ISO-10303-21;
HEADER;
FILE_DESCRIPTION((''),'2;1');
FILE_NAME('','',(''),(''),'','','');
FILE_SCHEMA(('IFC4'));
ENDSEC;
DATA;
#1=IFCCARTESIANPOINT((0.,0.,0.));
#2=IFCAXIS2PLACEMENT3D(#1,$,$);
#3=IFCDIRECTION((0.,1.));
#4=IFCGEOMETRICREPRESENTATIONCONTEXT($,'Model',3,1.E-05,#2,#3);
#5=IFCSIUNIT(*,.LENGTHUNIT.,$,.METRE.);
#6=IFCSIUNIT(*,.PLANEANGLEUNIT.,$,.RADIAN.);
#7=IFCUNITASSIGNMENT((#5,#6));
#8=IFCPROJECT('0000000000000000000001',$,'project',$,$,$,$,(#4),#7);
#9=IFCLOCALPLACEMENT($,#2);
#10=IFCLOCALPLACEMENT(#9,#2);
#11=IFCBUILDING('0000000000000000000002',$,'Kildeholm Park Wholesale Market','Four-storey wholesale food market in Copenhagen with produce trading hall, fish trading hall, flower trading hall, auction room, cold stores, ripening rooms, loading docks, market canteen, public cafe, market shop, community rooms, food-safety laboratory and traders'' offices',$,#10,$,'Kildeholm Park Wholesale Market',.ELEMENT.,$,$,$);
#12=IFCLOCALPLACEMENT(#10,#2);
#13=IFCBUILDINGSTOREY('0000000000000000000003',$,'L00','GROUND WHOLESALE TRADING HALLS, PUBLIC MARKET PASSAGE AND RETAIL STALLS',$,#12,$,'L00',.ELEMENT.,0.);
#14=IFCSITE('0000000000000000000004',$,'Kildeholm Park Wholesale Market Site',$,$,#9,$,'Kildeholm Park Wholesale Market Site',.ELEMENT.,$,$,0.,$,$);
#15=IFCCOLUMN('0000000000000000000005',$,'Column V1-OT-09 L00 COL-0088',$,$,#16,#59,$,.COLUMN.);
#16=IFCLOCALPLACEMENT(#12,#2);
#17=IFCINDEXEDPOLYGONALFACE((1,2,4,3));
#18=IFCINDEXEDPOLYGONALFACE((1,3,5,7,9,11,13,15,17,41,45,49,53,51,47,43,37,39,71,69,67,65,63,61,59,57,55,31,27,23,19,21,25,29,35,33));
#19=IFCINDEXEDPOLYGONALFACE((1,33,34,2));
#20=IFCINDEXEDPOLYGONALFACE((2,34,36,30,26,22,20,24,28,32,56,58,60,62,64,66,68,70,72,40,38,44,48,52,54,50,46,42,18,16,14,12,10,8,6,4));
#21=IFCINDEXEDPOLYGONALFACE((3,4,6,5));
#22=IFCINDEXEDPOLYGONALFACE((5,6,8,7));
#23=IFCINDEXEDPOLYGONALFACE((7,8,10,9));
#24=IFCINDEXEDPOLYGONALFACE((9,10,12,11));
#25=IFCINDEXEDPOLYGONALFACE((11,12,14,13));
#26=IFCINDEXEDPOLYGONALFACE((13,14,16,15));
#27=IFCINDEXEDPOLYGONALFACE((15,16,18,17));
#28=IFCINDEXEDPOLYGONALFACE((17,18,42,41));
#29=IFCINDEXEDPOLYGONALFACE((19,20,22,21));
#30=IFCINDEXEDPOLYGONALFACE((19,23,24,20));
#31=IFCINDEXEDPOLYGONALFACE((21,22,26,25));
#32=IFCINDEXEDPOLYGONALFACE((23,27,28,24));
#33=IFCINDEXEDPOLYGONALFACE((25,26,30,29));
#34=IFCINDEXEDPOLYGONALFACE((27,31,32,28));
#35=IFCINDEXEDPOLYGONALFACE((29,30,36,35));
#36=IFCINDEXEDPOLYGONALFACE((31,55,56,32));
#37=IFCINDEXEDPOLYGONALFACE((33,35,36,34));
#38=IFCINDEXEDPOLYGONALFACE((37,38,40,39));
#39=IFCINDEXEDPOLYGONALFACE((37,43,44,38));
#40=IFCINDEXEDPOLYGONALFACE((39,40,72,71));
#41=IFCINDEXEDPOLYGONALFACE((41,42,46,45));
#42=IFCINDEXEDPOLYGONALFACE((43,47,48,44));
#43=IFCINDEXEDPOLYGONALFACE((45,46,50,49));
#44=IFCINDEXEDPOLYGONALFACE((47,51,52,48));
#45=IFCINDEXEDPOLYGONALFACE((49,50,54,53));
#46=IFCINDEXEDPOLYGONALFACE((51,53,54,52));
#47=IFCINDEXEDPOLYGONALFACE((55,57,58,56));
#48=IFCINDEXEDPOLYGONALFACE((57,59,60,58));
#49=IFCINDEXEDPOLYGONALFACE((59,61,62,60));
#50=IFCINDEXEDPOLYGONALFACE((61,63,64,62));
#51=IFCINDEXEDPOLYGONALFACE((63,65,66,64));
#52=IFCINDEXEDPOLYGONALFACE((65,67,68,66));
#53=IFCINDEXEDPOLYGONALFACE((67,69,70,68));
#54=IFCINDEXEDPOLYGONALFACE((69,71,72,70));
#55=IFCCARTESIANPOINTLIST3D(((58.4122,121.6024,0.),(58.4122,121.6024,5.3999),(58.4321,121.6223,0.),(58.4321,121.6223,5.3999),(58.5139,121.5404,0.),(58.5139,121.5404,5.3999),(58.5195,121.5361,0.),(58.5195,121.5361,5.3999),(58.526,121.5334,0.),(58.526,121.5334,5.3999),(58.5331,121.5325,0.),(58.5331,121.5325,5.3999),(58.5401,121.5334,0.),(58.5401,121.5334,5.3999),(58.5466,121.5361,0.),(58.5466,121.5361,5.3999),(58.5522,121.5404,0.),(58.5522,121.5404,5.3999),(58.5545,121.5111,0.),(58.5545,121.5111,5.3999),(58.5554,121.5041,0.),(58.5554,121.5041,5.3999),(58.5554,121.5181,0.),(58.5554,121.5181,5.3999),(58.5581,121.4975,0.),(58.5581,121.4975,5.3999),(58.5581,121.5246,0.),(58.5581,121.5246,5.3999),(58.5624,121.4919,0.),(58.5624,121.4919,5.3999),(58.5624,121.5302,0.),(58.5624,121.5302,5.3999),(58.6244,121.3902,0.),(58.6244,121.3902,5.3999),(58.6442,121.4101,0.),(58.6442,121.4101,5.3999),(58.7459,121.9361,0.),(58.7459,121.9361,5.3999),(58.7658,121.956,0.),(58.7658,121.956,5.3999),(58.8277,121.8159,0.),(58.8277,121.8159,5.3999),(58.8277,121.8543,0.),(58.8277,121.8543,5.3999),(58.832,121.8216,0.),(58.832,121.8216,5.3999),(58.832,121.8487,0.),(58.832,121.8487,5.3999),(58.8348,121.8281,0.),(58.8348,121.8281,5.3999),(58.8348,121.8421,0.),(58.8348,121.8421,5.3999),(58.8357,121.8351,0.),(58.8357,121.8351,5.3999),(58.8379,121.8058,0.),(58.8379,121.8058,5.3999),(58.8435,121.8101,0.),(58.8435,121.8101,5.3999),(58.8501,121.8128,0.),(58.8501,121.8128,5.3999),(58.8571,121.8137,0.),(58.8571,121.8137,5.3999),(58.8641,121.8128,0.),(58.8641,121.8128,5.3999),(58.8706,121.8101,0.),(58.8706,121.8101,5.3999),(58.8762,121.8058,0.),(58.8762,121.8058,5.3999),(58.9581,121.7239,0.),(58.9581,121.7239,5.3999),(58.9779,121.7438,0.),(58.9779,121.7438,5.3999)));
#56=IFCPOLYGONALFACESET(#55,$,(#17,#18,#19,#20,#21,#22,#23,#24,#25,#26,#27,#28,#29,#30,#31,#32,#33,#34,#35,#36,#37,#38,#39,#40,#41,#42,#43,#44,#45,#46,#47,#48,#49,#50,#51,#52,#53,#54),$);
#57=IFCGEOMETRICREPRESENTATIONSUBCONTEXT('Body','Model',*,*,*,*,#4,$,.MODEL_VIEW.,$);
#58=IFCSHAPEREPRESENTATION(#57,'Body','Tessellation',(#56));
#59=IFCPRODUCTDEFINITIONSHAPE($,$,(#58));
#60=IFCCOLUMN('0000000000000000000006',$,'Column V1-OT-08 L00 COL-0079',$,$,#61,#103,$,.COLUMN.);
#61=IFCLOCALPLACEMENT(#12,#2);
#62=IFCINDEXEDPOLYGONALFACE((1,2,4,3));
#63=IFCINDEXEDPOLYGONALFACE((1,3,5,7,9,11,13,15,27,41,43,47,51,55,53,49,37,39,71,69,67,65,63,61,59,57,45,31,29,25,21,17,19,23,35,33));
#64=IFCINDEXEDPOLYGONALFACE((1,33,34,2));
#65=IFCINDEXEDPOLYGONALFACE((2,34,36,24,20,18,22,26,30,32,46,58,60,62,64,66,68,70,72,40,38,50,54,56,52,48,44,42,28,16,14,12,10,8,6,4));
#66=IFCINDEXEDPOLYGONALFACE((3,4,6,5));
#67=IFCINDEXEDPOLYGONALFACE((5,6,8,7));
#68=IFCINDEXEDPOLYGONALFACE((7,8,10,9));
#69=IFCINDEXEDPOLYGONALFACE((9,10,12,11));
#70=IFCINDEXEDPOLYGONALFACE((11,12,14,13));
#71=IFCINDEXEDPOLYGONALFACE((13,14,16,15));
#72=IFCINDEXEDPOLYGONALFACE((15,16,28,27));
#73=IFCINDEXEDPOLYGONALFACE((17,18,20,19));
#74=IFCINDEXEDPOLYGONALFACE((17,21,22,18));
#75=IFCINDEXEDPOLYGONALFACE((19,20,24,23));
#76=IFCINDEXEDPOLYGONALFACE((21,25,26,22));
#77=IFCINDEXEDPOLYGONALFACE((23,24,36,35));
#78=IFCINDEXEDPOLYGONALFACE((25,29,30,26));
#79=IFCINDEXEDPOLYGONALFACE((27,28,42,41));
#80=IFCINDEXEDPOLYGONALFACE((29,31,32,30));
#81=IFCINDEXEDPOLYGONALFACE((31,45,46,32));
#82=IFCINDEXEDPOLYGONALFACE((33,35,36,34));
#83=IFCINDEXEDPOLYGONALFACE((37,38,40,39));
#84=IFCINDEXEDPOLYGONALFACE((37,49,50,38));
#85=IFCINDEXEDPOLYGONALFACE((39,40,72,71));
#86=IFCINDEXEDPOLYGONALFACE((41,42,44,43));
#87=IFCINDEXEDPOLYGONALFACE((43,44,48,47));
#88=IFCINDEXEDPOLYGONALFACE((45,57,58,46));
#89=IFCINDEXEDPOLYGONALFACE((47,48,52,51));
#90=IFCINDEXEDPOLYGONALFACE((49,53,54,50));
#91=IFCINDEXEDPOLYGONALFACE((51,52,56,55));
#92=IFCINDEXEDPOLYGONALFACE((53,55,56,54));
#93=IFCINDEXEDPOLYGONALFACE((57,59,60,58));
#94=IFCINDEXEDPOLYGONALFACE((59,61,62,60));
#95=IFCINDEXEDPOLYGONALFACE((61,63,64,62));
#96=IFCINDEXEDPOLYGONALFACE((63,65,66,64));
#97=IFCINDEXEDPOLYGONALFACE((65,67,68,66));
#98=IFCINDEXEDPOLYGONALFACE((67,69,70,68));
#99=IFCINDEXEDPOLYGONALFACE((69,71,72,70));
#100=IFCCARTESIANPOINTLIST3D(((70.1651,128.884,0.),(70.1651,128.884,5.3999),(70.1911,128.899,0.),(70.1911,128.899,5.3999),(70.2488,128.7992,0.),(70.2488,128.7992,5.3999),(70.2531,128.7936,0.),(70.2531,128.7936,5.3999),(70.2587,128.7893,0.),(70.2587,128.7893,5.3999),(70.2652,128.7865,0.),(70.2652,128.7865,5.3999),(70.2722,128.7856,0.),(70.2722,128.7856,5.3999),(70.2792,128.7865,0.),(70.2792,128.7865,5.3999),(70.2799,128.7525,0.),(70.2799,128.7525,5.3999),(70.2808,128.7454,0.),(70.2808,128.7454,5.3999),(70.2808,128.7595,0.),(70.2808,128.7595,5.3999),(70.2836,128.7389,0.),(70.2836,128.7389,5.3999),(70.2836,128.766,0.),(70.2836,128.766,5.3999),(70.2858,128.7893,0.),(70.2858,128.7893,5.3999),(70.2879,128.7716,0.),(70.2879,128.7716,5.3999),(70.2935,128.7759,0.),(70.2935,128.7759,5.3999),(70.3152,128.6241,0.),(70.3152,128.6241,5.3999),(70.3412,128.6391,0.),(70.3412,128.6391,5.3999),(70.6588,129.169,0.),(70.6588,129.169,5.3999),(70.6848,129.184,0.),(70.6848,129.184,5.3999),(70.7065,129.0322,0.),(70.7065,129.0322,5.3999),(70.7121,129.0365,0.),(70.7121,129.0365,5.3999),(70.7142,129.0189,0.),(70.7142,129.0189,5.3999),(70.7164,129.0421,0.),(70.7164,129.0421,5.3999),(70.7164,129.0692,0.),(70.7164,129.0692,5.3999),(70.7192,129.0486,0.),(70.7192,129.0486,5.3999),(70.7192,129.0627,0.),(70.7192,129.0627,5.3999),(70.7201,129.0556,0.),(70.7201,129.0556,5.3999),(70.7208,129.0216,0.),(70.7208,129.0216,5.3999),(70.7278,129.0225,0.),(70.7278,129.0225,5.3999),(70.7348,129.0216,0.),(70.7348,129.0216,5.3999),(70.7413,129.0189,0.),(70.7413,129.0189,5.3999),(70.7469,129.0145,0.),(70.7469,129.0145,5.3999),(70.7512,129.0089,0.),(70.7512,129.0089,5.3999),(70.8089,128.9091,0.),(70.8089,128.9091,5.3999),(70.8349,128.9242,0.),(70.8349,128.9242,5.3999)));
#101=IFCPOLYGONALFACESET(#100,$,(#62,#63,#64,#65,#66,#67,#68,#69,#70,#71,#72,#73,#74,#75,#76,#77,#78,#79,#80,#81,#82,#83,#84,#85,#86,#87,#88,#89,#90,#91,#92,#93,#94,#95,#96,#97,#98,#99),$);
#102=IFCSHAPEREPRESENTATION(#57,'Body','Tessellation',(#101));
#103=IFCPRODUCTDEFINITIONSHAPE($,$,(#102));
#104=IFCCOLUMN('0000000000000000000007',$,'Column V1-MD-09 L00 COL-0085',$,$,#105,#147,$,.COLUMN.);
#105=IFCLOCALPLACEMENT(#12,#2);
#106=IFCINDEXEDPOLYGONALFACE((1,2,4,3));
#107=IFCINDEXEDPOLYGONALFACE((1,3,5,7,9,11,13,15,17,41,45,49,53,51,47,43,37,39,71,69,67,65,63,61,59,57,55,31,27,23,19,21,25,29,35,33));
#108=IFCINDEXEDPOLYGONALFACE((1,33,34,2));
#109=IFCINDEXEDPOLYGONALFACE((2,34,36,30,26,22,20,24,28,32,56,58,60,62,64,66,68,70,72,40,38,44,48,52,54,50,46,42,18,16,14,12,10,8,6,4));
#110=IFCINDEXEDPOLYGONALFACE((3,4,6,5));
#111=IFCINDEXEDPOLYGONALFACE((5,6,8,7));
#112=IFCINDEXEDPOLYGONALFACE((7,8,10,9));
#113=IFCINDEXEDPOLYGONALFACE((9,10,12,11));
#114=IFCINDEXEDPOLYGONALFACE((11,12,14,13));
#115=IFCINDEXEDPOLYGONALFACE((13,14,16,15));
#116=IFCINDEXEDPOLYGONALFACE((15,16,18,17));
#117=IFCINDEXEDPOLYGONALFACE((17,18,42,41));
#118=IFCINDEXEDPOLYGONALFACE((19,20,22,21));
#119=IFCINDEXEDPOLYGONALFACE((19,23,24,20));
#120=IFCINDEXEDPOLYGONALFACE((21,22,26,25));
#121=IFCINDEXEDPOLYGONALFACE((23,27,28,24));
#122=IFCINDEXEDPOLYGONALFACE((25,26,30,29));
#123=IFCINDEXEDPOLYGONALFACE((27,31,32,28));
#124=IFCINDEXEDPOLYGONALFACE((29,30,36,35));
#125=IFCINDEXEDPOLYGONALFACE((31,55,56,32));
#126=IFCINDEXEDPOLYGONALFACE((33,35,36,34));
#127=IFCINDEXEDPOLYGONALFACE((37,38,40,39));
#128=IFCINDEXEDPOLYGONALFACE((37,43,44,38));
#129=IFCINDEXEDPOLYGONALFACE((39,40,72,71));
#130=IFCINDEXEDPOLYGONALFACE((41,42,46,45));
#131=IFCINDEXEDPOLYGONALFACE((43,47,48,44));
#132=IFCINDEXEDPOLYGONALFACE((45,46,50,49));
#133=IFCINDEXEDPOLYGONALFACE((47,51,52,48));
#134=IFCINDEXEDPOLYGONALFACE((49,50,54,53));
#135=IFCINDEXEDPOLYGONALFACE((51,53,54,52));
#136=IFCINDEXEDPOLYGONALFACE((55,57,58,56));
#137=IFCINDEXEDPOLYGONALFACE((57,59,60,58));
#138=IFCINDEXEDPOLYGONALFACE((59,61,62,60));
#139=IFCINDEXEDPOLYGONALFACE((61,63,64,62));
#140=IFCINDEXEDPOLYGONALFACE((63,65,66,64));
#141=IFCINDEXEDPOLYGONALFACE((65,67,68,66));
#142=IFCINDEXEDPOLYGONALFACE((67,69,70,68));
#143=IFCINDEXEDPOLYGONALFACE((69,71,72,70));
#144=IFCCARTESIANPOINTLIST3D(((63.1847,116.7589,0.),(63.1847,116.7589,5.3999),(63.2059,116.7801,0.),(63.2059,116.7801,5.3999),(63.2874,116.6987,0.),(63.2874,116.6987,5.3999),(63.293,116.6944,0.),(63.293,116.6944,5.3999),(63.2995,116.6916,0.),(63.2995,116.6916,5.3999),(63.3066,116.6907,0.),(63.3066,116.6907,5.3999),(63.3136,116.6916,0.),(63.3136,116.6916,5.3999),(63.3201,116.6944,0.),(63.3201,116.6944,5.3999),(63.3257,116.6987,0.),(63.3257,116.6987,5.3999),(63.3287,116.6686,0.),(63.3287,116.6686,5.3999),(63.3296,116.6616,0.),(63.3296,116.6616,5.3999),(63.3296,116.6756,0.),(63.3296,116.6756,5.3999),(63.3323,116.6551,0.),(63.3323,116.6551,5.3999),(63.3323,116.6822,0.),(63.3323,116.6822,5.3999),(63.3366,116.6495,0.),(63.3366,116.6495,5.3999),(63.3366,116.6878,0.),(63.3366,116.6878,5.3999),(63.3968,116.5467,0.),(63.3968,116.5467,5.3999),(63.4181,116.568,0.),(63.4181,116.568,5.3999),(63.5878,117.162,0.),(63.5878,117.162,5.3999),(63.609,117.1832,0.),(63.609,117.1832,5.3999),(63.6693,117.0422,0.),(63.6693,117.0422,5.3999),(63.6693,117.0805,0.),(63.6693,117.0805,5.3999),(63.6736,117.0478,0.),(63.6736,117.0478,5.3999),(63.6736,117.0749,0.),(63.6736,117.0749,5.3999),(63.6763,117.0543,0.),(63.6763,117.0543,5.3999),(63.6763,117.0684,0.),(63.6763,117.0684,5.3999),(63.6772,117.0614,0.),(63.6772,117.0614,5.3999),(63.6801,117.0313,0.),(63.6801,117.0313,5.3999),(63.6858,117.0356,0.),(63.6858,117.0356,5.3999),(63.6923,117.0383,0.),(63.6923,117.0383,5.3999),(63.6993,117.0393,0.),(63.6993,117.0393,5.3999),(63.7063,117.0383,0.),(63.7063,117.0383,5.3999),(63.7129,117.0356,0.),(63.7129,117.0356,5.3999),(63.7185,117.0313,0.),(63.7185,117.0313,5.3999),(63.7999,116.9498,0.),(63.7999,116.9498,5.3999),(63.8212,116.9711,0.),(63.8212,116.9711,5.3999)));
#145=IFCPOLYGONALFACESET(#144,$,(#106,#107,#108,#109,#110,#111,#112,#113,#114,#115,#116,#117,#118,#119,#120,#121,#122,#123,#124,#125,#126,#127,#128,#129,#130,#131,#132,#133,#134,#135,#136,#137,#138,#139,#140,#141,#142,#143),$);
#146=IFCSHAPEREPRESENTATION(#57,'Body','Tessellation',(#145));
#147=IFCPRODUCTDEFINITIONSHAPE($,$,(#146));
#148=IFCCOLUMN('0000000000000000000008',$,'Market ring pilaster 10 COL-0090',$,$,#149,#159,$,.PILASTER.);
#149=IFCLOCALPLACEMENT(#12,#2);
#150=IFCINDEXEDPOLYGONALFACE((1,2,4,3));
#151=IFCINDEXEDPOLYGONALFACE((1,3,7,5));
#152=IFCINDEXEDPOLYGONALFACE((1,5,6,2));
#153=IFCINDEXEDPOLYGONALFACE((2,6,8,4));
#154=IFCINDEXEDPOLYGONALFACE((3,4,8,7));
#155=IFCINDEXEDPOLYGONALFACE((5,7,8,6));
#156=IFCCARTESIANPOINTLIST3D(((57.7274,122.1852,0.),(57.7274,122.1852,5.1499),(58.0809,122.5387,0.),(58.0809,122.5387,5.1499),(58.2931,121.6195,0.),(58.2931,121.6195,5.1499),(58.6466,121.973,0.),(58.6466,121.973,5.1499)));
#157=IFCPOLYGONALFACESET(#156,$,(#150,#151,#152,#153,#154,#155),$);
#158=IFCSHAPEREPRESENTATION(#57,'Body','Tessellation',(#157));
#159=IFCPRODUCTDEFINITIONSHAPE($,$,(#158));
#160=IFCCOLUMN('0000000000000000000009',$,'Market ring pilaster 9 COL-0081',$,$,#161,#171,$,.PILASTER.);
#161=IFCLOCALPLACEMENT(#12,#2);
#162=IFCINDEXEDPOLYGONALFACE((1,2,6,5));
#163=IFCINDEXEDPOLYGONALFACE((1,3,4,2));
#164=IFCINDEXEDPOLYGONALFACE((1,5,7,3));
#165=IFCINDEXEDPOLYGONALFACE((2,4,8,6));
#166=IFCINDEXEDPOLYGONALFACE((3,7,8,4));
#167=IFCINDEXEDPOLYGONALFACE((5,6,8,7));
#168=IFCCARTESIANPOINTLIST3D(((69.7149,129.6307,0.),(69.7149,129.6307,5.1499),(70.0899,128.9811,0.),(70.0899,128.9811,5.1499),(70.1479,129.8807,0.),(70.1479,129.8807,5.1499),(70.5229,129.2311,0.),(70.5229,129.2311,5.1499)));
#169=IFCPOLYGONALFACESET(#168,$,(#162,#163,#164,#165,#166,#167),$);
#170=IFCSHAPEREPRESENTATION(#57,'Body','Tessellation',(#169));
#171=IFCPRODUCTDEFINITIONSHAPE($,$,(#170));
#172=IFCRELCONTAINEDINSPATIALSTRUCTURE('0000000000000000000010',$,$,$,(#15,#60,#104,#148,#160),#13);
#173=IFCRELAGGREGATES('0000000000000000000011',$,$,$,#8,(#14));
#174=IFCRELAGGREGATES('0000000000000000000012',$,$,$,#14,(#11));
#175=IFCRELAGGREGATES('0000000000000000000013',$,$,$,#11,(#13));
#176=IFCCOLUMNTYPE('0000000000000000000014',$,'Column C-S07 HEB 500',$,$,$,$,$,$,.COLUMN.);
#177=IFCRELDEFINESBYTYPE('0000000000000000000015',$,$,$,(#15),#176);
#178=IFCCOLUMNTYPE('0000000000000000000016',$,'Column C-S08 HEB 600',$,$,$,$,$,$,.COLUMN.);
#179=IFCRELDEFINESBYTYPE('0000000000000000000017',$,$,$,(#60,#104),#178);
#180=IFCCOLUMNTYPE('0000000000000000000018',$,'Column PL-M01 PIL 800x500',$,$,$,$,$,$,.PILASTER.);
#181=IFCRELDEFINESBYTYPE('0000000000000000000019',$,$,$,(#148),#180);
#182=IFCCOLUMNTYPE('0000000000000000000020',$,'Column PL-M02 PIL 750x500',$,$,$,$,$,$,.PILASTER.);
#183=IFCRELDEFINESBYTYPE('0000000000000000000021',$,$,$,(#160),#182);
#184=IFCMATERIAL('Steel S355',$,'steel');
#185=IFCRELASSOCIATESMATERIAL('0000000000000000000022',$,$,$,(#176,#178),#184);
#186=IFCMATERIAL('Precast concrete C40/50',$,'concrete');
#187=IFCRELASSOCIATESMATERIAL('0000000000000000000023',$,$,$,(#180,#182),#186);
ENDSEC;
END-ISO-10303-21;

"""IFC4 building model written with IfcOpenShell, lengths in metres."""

from ifc_helpers import new_model, si_unit, direction, frame, origin, origin_2d, place, context, subcontext, project, spatial, rectangle, i_section, extrude, material, material_profile, profile_set, type_object, element, save


model = new_model("IFC4")

# Units and contexts
model_context = context("Model", 3, precision=1e-05, world=origin(), true_north=direction((0.0, 1.0)))
body_context = subcontext(model_context, "Body", "Model", "MODEL_VIEW")
ifc_project = project(units=[si_unit("LENGTHUNIT", "METRE"), si_unit("PLANEANGLEUNIT", "RADIAN")], contexts=[model_context])

# Site, building, storey
site_placement = place(None, origin())
site = spatial("IfcSite", under=ifc_project, at=site_placement, Name="Kildeholm Park Wholesale Market Site", LongName="Kildeholm Park Wholesale Market Site", CompositionType="ELEMENT", RefElevation=0.0)
building_placement = place(site_placement, origin())
building = spatial("IfcBuilding", under=site, at=building_placement, Name="Kildeholm Park Wholesale Market", Description="Four-storey wholesale food market in Copenhagen with produce trading hall, fish trading hall, flower trading hall, auction room, cold stores, ripening rooms, loading docks, market canteen, public cafe, market shop, community rooms, food-safety laboratory and traders' offices", LongName="Kildeholm Park Wholesale Market", CompositionType="ELEMENT")
storey_placement = place(building_placement, origin())
storey = spatial("IfcBuildingStorey", under=building, at=storey_placement, Name="L00", Description="GROUND WHOLESALE TRADING HALLS, PUBLIC MARKET PASSAGE AND RETAIL STALLS", LongName="L00", CompositionType="ELEMENT", Elevation=0.0)

# Columns
ifc_material_1 = material(Name="Steel S355", Category="steel")
ifc_material_profile_1 = material_profile(ifc_material_1, i_section(OverallWidth=0.3, OverallDepth=0.5, WebThickness=0.0144, FlangeThickness=0.0281, FilletRadius=0.0271, at=origin_2d()), Name="HEB 500")
ifc_profile_set_1 = profile_set([ifc_material_profile_1], Name="Steel S355")
column_type_1 = type_object("IfcColumnType", Name="Column C-S07 HEB 500", PredefinedType="COLUMN", material=ifc_profile_set_1)
column_1_placement = place(storey_placement, frame((58.6951, 121.6731, 0.0), z_axis=(0.0, 0.0, 1.0), x_axis=(-0.707107, 0.707107, 0.0)))
element("IfcColumn", 1, at=column_1_placement, inside=storey, type_object=column_type_1, Name="Column V1-OT-09 L00 COL-0088", PredefinedType="COLUMN", context=body_context, shape_type="SweptSolid", body=[
    extrude(i_section(OverallWidth=0.3, OverallDepth=0.5, WebThickness=0.0144, FlangeThickness=0.0281, FilletRadius=0.0271, at=origin_2d()), origin(), (0.0, 0.0, 1.0), 5.3999),
])
ifc_material_profile_2 = material_profile(ifc_material_1, i_section(OverallWidth=0.3, OverallDepth=0.6001, WebThickness=0.0154, FlangeThickness=0.03, FilletRadius=0.0271, at=origin_2d()), Name="HEB 600")
ifc_profile_set_2 = profile_set([ifc_material_profile_2], Name="Steel S355")
column_type_2 = type_object("IfcColumnType", Name="Column C-S08 HEB 600", PredefinedType="COLUMN", material=ifc_profile_set_2)
for number, where, z_axis, x_axis, name in (
    (2, (70.5, 128.9041, 0.0), (0.0, 0.0, 1.0), (-0.5, 0.866025, 0.0), "Column V1-OT-08 L00 COL-0079"),
    (3, (63.5029, 116.865, 0.0), (0.0, 0.0, 1.0), (-0.707107, 0.707107, 0.0), "Column V1-MD-09 L00 COL-0085"),
):
    element("IfcColumn", number, at=place(storey_placement, frame(where, z_axis=z_axis, x_axis=x_axis)), inside=storey, type_object=column_type_2, Name=name, PredefinedType="COLUMN", context=body_context, shape_type="SweptSolid", body=[
        extrude(i_section(OverallWidth=0.3, OverallDepth=0.6001, WebThickness=0.0154, FlangeThickness=0.03, FilletRadius=0.0271, at=origin_2d()), origin(), (0.0, 0.0, 1.0), 5.3999),
    ])
ifc_material_2 = material(Name="Precast concrete C40/50", Category="concrete")
ifc_material_profile_3 = material_profile(ifc_material_2, rectangle(XDim=0.8, YDim=0.5, at=origin_2d()), Name="PIL 800x500")
ifc_profile_set_3 = profile_set([ifc_material_profile_3], Name="Precast concrete C40/50")
column_type_3 = type_object("IfcColumnType", Name="Column PL-M01 PIL 800x500", PredefinedType="PILASTER", material=ifc_profile_set_3)
column_2_placement = place(storey_placement, frame((58.187, 122.0791, 0.0), z_axis=(0.0, 0.0, 1.0), x_axis=(-0.707107, 0.707107, 0.0)))
element("IfcColumn", 4, at=column_2_placement, inside=storey, type_object=column_type_3, Name="Market ring pilaster 10 COL-0090", PredefinedType="PILASTER", context=body_context, shape_type="SweptSolid", body=[
    extrude(rectangle(XDim=0.8, YDim=0.5, at=origin_2d()), origin(), (0.0, 0.0, 1.0), 5.1499),
])
ifc_material_profile_4 = material_profile(ifc_material_2, rectangle(XDim=0.75, YDim=0.5, at=origin_2d()), Name="PIL 750x500")
ifc_profile_set_4 = profile_set([ifc_material_profile_4], Name="Precast concrete C40/50")
column_type_4 = type_object("IfcColumnType", Name="Column PL-M02 PIL 750x500", PredefinedType="PILASTER", material=ifc_profile_set_4)
column_3_placement = place(storey_placement, frame((70.1189, 129.4309, 0.0), z_axis=(0.0, 0.0, 1.0), x_axis=(-0.5, 0.866025, 0.0)))
element("IfcColumn", 5, at=column_3_placement, inside=storey, type_object=column_type_4, Name="Market ring pilaster 9 COL-0081", PredefinedType="PILASTER", context=body_context, shape_type="SweptSolid", body=[
    extrude(rectangle(XDim=0.75, YDim=0.5, at=origin_2d()), origin(), (0.0, 0.0, 1.0), 5.1499),
])

save(model, "model.ifc")
